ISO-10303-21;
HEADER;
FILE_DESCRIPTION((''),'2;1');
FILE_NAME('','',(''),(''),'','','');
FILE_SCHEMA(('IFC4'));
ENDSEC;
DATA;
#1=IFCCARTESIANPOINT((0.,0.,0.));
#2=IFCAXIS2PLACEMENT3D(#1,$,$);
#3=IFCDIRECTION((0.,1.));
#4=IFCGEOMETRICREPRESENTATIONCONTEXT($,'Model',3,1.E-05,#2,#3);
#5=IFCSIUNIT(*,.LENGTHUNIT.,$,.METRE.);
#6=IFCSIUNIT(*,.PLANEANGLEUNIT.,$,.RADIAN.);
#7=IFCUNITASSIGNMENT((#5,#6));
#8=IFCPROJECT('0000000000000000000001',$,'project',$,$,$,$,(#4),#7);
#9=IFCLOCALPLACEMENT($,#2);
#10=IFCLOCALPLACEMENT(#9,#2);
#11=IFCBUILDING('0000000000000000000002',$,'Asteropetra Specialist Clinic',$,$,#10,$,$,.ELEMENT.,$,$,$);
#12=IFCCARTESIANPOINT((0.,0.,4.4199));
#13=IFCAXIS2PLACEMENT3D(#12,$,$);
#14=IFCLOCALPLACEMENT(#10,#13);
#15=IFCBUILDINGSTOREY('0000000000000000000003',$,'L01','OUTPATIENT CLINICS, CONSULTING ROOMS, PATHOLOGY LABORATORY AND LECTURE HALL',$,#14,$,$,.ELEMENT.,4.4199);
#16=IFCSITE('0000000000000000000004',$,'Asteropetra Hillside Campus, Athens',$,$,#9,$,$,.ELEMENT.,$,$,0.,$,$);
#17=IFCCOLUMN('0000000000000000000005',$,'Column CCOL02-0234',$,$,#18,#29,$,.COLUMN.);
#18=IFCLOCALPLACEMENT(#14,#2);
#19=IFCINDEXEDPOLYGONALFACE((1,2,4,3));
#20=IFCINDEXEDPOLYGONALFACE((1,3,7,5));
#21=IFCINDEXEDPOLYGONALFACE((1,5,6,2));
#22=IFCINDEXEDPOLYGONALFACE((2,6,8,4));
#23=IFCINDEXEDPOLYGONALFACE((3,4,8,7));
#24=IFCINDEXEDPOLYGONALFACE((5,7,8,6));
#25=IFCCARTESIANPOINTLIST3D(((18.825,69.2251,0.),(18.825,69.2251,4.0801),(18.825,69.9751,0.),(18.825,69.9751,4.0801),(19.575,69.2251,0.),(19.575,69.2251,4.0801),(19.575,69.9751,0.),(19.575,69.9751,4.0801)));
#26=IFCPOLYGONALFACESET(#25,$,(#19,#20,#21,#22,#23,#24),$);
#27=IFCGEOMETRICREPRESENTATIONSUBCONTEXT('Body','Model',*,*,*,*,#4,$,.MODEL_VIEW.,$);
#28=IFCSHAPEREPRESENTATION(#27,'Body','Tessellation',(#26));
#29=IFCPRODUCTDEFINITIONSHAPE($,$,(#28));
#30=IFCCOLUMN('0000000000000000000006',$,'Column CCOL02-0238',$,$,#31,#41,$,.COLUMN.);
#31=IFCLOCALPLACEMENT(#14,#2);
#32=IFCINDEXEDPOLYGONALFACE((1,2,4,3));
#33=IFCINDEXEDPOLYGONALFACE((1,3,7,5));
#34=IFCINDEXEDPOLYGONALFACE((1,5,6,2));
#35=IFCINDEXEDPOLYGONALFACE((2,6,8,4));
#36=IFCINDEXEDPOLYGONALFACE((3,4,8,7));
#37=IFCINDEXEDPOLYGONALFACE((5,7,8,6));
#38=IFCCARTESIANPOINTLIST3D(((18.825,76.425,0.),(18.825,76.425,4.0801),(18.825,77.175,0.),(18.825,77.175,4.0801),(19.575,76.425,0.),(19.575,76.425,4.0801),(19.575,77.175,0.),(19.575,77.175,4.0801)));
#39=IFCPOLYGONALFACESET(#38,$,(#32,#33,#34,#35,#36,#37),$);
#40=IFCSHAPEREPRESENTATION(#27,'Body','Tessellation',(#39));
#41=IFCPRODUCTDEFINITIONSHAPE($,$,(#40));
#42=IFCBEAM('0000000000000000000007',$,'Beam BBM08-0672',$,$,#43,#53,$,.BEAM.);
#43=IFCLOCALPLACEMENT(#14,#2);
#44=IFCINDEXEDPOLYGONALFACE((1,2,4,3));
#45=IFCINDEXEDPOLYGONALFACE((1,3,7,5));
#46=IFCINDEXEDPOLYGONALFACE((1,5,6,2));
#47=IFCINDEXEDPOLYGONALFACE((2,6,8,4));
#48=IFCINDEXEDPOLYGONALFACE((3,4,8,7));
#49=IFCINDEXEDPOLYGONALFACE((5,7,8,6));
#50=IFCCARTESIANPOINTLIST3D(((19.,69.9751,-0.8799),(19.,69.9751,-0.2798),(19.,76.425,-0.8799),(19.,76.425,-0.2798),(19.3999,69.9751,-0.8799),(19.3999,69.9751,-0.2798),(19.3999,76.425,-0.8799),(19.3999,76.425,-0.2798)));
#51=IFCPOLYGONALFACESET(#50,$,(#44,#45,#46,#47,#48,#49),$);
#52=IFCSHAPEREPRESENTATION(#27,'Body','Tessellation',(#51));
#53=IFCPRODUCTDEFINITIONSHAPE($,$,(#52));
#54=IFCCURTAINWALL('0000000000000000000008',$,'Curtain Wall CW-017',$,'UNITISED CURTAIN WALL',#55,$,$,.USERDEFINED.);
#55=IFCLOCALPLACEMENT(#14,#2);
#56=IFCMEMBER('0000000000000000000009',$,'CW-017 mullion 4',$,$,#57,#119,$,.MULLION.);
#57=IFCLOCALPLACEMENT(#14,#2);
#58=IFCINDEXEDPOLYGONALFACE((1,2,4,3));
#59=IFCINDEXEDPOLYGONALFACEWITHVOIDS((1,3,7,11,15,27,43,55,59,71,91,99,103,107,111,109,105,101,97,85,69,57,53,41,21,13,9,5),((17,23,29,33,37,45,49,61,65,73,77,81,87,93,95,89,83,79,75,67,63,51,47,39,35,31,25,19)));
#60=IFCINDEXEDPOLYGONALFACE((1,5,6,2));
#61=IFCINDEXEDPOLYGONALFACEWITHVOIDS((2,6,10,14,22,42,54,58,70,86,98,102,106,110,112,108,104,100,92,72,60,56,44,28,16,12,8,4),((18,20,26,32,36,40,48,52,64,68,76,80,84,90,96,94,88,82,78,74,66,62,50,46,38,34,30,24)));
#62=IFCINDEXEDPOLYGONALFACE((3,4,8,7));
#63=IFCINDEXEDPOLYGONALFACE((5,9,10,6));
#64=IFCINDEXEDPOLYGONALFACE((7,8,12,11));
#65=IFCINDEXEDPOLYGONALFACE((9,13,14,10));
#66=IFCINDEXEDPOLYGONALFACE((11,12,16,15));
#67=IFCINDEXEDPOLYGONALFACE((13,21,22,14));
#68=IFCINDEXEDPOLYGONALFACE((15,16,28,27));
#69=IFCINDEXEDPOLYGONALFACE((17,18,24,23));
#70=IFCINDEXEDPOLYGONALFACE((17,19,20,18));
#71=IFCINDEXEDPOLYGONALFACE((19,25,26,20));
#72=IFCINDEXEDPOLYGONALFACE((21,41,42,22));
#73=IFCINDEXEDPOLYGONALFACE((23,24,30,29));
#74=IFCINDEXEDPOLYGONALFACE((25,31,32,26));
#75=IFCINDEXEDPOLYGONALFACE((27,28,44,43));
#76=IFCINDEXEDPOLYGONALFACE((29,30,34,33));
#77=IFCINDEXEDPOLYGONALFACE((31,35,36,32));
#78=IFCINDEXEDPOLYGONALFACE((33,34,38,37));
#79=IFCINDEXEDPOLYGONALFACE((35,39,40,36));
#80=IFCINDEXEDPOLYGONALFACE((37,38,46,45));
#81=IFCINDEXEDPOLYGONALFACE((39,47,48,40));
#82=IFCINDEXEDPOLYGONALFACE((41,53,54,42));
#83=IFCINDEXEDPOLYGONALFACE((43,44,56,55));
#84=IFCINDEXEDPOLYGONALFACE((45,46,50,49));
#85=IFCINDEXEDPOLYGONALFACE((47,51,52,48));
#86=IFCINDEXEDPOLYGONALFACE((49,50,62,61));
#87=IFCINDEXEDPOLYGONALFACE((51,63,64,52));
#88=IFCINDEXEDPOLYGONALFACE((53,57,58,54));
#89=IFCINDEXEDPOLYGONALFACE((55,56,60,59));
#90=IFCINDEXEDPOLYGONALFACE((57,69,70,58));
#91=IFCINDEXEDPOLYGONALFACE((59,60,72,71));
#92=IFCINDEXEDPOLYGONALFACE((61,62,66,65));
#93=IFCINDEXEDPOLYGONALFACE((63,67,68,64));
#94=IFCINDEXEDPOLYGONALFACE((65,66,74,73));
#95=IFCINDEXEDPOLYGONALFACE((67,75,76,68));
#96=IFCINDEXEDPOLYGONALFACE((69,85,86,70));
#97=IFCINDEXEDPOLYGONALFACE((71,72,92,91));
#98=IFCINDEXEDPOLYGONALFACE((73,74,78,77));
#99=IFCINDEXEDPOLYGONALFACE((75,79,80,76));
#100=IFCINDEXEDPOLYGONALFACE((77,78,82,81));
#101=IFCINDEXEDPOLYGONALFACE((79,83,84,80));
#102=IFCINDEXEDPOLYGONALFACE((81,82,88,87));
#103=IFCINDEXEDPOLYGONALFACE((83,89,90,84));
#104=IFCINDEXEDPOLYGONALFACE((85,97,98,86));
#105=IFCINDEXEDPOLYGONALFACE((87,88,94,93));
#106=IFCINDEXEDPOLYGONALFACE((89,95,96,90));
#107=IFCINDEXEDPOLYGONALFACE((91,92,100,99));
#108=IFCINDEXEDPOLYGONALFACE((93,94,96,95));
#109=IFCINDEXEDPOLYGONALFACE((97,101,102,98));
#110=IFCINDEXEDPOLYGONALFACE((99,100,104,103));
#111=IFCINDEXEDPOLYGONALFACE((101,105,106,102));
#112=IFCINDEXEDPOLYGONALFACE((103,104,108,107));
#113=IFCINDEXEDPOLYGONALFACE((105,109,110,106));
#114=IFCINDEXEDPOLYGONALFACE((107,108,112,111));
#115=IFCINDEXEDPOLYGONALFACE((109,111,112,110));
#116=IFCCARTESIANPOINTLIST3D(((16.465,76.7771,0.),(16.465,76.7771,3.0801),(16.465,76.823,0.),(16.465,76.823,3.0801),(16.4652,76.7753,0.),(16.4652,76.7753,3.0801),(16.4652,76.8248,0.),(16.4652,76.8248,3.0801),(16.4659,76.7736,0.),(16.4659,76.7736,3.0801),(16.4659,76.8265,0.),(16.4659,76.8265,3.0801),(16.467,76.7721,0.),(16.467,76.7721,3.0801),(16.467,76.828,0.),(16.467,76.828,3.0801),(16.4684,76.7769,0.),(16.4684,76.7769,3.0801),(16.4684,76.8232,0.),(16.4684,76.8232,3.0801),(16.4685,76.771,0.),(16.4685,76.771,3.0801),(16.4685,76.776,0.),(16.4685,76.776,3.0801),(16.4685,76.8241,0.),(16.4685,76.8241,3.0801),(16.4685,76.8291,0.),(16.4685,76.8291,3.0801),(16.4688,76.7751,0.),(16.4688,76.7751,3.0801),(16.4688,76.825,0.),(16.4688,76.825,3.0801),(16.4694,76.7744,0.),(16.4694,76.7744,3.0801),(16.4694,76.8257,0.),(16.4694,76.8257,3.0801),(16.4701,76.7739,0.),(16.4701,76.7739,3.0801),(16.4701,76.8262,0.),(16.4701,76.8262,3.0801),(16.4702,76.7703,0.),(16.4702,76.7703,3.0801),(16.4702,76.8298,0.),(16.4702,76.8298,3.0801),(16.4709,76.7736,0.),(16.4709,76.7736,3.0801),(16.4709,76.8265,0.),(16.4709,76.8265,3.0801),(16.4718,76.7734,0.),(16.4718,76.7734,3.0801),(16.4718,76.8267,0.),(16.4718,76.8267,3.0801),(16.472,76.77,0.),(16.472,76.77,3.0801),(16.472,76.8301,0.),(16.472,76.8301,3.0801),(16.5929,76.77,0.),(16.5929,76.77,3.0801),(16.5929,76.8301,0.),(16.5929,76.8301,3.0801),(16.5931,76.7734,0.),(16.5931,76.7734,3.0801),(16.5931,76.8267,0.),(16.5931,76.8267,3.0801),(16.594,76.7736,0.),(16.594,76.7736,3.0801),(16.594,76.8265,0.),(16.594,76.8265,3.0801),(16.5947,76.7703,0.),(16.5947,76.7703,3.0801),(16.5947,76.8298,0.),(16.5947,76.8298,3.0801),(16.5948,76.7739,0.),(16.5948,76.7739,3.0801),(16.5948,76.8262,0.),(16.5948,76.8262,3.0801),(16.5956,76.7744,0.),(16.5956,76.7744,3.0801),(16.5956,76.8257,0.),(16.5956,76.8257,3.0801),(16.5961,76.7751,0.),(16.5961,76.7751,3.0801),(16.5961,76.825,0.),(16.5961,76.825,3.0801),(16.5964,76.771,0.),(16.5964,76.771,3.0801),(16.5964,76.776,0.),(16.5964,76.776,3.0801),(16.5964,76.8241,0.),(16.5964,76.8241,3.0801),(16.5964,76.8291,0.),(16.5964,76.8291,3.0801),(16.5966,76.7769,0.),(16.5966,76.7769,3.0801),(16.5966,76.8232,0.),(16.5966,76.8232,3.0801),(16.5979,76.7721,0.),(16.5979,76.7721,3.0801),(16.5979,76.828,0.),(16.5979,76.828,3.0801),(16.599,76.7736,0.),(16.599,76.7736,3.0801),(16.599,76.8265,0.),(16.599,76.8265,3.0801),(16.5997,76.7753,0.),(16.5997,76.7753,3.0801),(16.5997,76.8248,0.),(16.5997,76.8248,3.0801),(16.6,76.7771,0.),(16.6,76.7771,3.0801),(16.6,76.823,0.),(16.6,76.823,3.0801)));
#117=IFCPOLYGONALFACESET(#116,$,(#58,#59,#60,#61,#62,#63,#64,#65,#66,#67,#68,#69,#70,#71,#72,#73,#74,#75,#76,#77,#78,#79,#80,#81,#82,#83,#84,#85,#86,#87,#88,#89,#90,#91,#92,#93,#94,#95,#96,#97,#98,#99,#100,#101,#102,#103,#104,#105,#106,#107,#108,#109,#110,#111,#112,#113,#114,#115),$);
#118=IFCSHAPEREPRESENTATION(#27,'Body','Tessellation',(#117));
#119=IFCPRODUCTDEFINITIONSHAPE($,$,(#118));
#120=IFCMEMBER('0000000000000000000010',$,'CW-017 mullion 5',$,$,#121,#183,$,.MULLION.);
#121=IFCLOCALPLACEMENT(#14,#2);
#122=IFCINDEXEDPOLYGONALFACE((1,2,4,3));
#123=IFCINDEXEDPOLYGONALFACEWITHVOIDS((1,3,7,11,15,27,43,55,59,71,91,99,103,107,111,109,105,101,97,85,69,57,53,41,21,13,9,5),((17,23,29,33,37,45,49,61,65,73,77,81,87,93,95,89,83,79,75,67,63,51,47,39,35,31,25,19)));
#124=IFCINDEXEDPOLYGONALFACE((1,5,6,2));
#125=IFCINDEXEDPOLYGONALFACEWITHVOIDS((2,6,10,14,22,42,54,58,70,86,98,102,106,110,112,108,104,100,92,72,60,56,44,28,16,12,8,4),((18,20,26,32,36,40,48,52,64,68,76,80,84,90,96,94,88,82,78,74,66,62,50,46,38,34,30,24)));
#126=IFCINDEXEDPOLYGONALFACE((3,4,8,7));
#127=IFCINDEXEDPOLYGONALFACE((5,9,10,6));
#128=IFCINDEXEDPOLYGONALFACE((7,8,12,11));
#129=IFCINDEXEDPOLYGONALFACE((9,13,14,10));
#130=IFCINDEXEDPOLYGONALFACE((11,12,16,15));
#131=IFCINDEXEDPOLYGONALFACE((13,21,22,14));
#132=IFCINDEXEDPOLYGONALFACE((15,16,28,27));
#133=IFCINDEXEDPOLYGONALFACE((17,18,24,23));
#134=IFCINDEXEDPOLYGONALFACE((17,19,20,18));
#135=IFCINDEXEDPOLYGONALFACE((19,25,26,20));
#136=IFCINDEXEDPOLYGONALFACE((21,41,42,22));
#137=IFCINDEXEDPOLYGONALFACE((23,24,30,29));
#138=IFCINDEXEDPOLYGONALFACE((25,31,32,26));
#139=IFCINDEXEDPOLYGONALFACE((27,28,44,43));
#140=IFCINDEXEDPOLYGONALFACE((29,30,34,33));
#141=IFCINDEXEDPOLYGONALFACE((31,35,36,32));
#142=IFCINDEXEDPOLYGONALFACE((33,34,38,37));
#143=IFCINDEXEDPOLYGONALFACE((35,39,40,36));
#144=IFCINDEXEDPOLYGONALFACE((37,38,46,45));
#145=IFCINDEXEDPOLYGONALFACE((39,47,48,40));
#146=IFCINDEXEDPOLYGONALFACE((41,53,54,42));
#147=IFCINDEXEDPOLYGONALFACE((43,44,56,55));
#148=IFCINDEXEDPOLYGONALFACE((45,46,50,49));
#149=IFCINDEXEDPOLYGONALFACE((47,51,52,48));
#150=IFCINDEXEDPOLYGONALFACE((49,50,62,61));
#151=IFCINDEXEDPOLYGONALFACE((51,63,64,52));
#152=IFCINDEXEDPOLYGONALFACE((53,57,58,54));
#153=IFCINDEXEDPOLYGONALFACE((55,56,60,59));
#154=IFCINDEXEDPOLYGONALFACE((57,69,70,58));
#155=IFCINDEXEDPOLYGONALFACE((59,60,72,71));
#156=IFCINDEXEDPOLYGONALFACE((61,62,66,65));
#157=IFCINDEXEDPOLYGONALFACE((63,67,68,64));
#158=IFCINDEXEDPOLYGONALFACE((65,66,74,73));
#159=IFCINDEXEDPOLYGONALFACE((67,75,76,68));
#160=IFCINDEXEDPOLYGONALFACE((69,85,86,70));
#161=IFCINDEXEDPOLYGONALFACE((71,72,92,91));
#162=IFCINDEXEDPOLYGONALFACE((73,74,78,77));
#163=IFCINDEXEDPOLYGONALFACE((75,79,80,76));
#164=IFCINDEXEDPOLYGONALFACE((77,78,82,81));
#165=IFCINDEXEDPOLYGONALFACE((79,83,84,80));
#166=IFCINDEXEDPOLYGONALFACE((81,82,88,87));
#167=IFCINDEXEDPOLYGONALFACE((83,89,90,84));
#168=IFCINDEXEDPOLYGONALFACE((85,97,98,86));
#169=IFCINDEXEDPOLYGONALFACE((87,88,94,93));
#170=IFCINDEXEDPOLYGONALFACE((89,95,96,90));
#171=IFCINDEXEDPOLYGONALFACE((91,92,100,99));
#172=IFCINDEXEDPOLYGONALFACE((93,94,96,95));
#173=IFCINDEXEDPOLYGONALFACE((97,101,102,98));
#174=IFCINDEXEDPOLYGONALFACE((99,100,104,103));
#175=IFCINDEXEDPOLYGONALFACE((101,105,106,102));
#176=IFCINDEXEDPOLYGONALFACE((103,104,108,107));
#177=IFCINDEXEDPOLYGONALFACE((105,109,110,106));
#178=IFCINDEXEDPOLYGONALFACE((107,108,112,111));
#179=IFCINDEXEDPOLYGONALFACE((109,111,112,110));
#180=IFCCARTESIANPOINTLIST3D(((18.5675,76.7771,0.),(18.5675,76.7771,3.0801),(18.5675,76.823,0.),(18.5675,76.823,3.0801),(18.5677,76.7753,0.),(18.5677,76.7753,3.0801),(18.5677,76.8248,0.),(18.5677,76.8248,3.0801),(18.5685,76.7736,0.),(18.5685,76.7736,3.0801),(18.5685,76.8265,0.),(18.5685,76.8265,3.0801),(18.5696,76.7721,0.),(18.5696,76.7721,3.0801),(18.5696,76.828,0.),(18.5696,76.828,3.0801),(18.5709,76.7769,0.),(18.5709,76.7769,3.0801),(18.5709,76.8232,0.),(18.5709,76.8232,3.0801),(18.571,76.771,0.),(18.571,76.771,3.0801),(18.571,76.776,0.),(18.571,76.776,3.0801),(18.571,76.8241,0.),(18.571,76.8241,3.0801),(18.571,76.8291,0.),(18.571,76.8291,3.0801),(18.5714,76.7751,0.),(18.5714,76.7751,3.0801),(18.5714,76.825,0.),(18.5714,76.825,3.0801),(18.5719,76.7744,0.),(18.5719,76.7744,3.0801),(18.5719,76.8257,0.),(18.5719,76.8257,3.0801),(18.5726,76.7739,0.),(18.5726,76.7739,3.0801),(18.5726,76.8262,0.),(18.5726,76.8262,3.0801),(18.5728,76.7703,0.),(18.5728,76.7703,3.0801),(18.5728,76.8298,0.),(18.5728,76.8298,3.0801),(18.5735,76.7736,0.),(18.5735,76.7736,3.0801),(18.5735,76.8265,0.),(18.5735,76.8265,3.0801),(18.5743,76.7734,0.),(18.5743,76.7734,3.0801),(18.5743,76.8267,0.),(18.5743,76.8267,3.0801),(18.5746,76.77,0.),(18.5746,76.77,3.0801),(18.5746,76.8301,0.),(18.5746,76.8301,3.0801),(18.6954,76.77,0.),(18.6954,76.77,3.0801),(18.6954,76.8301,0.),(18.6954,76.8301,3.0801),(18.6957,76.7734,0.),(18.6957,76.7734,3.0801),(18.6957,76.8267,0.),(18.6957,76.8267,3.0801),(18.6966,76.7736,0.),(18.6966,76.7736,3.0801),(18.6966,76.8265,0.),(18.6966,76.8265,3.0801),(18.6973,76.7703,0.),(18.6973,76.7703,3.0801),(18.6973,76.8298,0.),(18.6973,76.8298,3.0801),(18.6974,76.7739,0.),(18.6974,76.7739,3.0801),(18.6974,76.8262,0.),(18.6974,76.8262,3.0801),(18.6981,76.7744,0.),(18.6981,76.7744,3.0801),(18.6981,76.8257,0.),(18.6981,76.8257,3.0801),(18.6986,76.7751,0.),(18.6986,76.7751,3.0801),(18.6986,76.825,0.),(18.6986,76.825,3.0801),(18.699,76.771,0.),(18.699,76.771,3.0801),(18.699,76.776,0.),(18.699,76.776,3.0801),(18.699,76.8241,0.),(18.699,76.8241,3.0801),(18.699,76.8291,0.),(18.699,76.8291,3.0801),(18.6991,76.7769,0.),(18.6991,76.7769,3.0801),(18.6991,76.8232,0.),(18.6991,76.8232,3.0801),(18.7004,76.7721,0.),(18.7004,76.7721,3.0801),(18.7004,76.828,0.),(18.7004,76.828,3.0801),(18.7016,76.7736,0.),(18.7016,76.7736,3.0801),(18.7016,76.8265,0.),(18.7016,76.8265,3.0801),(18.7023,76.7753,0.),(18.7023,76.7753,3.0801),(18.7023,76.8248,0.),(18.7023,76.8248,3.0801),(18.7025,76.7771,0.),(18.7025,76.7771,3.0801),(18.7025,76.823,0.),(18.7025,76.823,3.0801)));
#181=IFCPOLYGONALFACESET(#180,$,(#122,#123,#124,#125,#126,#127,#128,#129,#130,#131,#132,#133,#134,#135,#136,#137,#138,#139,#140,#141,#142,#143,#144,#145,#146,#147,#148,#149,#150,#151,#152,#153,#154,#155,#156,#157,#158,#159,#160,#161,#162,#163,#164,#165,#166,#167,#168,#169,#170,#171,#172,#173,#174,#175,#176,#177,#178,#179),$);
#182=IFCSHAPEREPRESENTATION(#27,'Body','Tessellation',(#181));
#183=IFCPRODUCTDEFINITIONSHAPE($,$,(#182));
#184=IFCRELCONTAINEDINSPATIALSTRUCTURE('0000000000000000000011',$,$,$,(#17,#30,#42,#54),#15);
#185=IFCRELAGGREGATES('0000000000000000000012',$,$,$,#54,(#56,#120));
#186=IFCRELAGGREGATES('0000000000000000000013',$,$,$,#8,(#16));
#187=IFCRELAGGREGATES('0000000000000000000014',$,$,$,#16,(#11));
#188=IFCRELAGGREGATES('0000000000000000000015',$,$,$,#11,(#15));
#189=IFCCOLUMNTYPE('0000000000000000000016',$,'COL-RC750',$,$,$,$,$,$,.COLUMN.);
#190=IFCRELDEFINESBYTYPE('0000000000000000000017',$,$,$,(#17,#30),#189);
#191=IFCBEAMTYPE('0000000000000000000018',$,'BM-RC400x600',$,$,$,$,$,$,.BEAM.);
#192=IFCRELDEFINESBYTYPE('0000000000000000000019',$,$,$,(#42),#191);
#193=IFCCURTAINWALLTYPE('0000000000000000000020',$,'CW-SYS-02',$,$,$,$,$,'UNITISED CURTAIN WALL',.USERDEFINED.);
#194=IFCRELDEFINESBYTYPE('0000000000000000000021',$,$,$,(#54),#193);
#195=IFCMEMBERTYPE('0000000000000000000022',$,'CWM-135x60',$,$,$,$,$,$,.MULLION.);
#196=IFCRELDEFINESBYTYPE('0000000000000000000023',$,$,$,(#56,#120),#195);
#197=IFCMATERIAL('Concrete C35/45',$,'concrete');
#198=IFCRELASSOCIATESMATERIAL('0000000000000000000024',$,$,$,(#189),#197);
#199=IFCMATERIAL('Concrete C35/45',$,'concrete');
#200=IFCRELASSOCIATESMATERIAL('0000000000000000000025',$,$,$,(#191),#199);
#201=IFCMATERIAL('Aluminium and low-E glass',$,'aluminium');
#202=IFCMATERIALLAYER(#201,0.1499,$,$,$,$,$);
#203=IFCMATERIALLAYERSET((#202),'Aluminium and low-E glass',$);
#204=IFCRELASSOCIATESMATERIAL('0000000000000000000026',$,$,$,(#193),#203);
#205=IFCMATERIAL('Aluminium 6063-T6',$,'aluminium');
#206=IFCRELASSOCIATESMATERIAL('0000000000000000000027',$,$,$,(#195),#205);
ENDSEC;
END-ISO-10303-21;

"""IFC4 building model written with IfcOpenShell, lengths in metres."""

from ifc_helpers import new_model, si_unit, direction, frame, origin, origin_2d, place, context, subcontext, project, spatial, rectangle, hollow_rectangle, extrude, material, layer, layer_set, material_profile, profile_set, type_object, element, aggregate, save


model = new_model("IFC4")

# Units and contexts
model_context = context("Model", 3, precision=1e-05, world=origin(), true_north=direction((0.0, 1.0)))
body_context = subcontext(model_context, "Body", "Model", "MODEL_VIEW")
ifc_project = project(units=[si_unit("LENGTHUNIT", "METRE"), si_unit("PLANEANGLEUNIT", "RADIAN")], contexts=[model_context])

# Site, building, storey
site_placement = place(None, origin())
site = spatial("IfcSite", under=ifc_project, at=site_placement, Name="Asteropetra Hillside Campus, Athens", CompositionType="ELEMENT", RefElevation=0.0)
building_placement = place(site_placement, origin())
building = spatial("IfcBuilding", under=site, at=building_placement, Name="Asteropetra Specialist Clinic", CompositionType="ELEMENT")
storey_placement = place(building_placement, frame((0.0, 0.0, 4.4199)))
storey = spatial("IfcBuildingStorey", under=building, at=storey_placement, Name="L01", Description="OUTPATIENT CLINICS, CONSULTING ROOMS, PATHOLOGY LABORATORY AND LECTURE HALL", CompositionType="ELEMENT", Elevation=4.4199)

# Columns
ifc_material_1 = material(Name="Concrete C35/45", Category="concrete")
ifc_material_profile_1 = material_profile(ifc_material_1, rectangle(XDim=0.75, YDim=0.75, at=origin_2d()), Name="RC 750x750")
ifc_profile_set_1 = profile_set([ifc_material_profile_1], Name="Concrete C35/45")
column_type = type_object("IfcColumnType", Name="COL-RC750", PredefinedType="COLUMN", material=ifc_profile_set_1)
for number, where, z_axis, x_axis, name in (
    (1, (19.2, 69.6001, 0.0), (0.0, 0.0, 1.0), (1.0, 0.0, 0.0), "Column CCOL02-0234"),
    (2, (19.2, 76.8, 0.0), (0.0, 0.0, 1.0), (1.0, 0.0, 0.0), "Column CCOL02-0238"),
):
    element("IfcColumn", number, at=place(storey_placement, frame(where, z_axis=z_axis, x_axis=x_axis)), inside=storey, type_object=column_type, Name=name, PredefinedType="COLUMN", context=body_context, shape_type="SweptSolid", body=[
        extrude(rectangle(XDim=0.75, YDim=0.75, at=origin_2d()), origin(), (0.0, 0.0, 1.0), 4.0801),
    ])

# Beam
ifc_material_2 = material(Name="Concrete C35/45", Category="concrete")
ifc_material_profile_2 = material_profile(ifc_material_2, rectangle(XDim=0.3999, YDim=0.6001, at=origin_2d()), Name="RCB 400x600")
ifc_profile_set_2 = profile_set([ifc_material_profile_2], Name="Concrete C35/45")
beam_type_1 = type_object("IfcBeamType", Name="BM-RC400x600", PredefinedType="BEAM", material=ifc_profile_set_2)
beam_1_placement = place(storey_placement, frame((19.2, 69.9751, -0.5798), z_axis=(0.0, 1.0, 0.0), x_axis=(-1.0, 0.0, 0.0)))
element("IfcBeam", 3, at=beam_1_placement, inside=storey, type_object=beam_type_1, Name="Beam BBM08-0672", PredefinedType="BEAM", context=body_context, shape_type="SweptSolid", body=[
    extrude(rectangle(XDim=0.3999, YDim=0.6001, at=origin_2d()), origin(), (0.0, 0.0, 1.0), 6.45),
])

# Curtain wall, members
ifc_material_3 = material(Name="Aluminium and low-E glass", Category="aluminium")
ifc_layer_1 = layer(ifc_material_3, 0.1499)
ifc_layer_set_1 = layer_set([ifc_layer_1], Name="Aluminium and low-E glass")
curtain_wall_type_1 = type_object("IfcCurtainWallType", Name="CW-SYS-02", ElementType="UNITISED CURTAIN WALL", PredefinedType="USERDEFINED", material=ifc_layer_set_1)
curtain_wall_1_placement = place(storey_placement, origin())
curtain_wall_1 = element("IfcCurtainWall", 4, at=curtain_wall_1_placement, inside=storey, type_object=curtain_wall_type_1, Name="Curtain Wall CW-017", ObjectType="UNITISED CURTAIN WALL", PredefinedType="USERDEFINED")
ifc_material_4 = material(Name="Aluminium 6063-T6", Category="aluminium")
ifc_material_profile_3 = material_profile(ifc_material_4, hollow_rectangle(XDim=0.0601, YDim=0.135, WallThickness=0.0034, InnerFilletRadius=0.0034, OuterFilletRadius=0.0071, at=origin_2d()), Name="MUL 135x60x3.5")
ifc_profile_set_3 = profile_set([ifc_material_profile_3], Name="Aluminium 6063-T6")
member_type_1 = type_object("IfcMemberType", Name="CWM-135x60", PredefinedType="MULLION", material=ifc_profile_set_3)
member_1_placement = place(storey_placement, frame((16.5325, 76.8, 0.0), z_axis=(0.0, 0.0, 1.0), x_axis=(0.0, 1.0, 0.0)))
member_1 = element("IfcMember", 5, at=member_1_placement, type_object=member_type_1, Name="CW-017 mullion 4", PredefinedType="MULLION", context=body_context, shape_type="SweptSolid", body=[
    extrude(hollow_rectangle(XDim=0.0601, YDim=0.135, WallThickness=0.0034, InnerFilletRadius=0.0034, OuterFilletRadius=0.0071, at=origin_2d()), origin(), (0.0, 0.0, 1.0), 3.0801),
])
member_2_placement = place(storey_placement, frame((18.635, 76.8, 0.0), z_axis=(0.0, 0.0, 1.0), x_axis=(0.0, 1.0, 0.0)))
member_2 = element("IfcMember", 6, at=member_2_placement, type_object=member_type_1, Name="CW-017 mullion 5", PredefinedType="MULLION", context=body_context, shape_type="SweptSolid", body=[
    extrude(hollow_rectangle(XDim=0.0601, YDim=0.135, WallThickness=0.0034, InnerFilletRadius=0.0034, OuterFilletRadius=0.0071, at=origin_2d()), origin(), (0.0, 0.0, 1.0), 3.0801),
])

aggregate(curtain_wall_1, [member_1, member_2])

save(model, "model.ifc")
